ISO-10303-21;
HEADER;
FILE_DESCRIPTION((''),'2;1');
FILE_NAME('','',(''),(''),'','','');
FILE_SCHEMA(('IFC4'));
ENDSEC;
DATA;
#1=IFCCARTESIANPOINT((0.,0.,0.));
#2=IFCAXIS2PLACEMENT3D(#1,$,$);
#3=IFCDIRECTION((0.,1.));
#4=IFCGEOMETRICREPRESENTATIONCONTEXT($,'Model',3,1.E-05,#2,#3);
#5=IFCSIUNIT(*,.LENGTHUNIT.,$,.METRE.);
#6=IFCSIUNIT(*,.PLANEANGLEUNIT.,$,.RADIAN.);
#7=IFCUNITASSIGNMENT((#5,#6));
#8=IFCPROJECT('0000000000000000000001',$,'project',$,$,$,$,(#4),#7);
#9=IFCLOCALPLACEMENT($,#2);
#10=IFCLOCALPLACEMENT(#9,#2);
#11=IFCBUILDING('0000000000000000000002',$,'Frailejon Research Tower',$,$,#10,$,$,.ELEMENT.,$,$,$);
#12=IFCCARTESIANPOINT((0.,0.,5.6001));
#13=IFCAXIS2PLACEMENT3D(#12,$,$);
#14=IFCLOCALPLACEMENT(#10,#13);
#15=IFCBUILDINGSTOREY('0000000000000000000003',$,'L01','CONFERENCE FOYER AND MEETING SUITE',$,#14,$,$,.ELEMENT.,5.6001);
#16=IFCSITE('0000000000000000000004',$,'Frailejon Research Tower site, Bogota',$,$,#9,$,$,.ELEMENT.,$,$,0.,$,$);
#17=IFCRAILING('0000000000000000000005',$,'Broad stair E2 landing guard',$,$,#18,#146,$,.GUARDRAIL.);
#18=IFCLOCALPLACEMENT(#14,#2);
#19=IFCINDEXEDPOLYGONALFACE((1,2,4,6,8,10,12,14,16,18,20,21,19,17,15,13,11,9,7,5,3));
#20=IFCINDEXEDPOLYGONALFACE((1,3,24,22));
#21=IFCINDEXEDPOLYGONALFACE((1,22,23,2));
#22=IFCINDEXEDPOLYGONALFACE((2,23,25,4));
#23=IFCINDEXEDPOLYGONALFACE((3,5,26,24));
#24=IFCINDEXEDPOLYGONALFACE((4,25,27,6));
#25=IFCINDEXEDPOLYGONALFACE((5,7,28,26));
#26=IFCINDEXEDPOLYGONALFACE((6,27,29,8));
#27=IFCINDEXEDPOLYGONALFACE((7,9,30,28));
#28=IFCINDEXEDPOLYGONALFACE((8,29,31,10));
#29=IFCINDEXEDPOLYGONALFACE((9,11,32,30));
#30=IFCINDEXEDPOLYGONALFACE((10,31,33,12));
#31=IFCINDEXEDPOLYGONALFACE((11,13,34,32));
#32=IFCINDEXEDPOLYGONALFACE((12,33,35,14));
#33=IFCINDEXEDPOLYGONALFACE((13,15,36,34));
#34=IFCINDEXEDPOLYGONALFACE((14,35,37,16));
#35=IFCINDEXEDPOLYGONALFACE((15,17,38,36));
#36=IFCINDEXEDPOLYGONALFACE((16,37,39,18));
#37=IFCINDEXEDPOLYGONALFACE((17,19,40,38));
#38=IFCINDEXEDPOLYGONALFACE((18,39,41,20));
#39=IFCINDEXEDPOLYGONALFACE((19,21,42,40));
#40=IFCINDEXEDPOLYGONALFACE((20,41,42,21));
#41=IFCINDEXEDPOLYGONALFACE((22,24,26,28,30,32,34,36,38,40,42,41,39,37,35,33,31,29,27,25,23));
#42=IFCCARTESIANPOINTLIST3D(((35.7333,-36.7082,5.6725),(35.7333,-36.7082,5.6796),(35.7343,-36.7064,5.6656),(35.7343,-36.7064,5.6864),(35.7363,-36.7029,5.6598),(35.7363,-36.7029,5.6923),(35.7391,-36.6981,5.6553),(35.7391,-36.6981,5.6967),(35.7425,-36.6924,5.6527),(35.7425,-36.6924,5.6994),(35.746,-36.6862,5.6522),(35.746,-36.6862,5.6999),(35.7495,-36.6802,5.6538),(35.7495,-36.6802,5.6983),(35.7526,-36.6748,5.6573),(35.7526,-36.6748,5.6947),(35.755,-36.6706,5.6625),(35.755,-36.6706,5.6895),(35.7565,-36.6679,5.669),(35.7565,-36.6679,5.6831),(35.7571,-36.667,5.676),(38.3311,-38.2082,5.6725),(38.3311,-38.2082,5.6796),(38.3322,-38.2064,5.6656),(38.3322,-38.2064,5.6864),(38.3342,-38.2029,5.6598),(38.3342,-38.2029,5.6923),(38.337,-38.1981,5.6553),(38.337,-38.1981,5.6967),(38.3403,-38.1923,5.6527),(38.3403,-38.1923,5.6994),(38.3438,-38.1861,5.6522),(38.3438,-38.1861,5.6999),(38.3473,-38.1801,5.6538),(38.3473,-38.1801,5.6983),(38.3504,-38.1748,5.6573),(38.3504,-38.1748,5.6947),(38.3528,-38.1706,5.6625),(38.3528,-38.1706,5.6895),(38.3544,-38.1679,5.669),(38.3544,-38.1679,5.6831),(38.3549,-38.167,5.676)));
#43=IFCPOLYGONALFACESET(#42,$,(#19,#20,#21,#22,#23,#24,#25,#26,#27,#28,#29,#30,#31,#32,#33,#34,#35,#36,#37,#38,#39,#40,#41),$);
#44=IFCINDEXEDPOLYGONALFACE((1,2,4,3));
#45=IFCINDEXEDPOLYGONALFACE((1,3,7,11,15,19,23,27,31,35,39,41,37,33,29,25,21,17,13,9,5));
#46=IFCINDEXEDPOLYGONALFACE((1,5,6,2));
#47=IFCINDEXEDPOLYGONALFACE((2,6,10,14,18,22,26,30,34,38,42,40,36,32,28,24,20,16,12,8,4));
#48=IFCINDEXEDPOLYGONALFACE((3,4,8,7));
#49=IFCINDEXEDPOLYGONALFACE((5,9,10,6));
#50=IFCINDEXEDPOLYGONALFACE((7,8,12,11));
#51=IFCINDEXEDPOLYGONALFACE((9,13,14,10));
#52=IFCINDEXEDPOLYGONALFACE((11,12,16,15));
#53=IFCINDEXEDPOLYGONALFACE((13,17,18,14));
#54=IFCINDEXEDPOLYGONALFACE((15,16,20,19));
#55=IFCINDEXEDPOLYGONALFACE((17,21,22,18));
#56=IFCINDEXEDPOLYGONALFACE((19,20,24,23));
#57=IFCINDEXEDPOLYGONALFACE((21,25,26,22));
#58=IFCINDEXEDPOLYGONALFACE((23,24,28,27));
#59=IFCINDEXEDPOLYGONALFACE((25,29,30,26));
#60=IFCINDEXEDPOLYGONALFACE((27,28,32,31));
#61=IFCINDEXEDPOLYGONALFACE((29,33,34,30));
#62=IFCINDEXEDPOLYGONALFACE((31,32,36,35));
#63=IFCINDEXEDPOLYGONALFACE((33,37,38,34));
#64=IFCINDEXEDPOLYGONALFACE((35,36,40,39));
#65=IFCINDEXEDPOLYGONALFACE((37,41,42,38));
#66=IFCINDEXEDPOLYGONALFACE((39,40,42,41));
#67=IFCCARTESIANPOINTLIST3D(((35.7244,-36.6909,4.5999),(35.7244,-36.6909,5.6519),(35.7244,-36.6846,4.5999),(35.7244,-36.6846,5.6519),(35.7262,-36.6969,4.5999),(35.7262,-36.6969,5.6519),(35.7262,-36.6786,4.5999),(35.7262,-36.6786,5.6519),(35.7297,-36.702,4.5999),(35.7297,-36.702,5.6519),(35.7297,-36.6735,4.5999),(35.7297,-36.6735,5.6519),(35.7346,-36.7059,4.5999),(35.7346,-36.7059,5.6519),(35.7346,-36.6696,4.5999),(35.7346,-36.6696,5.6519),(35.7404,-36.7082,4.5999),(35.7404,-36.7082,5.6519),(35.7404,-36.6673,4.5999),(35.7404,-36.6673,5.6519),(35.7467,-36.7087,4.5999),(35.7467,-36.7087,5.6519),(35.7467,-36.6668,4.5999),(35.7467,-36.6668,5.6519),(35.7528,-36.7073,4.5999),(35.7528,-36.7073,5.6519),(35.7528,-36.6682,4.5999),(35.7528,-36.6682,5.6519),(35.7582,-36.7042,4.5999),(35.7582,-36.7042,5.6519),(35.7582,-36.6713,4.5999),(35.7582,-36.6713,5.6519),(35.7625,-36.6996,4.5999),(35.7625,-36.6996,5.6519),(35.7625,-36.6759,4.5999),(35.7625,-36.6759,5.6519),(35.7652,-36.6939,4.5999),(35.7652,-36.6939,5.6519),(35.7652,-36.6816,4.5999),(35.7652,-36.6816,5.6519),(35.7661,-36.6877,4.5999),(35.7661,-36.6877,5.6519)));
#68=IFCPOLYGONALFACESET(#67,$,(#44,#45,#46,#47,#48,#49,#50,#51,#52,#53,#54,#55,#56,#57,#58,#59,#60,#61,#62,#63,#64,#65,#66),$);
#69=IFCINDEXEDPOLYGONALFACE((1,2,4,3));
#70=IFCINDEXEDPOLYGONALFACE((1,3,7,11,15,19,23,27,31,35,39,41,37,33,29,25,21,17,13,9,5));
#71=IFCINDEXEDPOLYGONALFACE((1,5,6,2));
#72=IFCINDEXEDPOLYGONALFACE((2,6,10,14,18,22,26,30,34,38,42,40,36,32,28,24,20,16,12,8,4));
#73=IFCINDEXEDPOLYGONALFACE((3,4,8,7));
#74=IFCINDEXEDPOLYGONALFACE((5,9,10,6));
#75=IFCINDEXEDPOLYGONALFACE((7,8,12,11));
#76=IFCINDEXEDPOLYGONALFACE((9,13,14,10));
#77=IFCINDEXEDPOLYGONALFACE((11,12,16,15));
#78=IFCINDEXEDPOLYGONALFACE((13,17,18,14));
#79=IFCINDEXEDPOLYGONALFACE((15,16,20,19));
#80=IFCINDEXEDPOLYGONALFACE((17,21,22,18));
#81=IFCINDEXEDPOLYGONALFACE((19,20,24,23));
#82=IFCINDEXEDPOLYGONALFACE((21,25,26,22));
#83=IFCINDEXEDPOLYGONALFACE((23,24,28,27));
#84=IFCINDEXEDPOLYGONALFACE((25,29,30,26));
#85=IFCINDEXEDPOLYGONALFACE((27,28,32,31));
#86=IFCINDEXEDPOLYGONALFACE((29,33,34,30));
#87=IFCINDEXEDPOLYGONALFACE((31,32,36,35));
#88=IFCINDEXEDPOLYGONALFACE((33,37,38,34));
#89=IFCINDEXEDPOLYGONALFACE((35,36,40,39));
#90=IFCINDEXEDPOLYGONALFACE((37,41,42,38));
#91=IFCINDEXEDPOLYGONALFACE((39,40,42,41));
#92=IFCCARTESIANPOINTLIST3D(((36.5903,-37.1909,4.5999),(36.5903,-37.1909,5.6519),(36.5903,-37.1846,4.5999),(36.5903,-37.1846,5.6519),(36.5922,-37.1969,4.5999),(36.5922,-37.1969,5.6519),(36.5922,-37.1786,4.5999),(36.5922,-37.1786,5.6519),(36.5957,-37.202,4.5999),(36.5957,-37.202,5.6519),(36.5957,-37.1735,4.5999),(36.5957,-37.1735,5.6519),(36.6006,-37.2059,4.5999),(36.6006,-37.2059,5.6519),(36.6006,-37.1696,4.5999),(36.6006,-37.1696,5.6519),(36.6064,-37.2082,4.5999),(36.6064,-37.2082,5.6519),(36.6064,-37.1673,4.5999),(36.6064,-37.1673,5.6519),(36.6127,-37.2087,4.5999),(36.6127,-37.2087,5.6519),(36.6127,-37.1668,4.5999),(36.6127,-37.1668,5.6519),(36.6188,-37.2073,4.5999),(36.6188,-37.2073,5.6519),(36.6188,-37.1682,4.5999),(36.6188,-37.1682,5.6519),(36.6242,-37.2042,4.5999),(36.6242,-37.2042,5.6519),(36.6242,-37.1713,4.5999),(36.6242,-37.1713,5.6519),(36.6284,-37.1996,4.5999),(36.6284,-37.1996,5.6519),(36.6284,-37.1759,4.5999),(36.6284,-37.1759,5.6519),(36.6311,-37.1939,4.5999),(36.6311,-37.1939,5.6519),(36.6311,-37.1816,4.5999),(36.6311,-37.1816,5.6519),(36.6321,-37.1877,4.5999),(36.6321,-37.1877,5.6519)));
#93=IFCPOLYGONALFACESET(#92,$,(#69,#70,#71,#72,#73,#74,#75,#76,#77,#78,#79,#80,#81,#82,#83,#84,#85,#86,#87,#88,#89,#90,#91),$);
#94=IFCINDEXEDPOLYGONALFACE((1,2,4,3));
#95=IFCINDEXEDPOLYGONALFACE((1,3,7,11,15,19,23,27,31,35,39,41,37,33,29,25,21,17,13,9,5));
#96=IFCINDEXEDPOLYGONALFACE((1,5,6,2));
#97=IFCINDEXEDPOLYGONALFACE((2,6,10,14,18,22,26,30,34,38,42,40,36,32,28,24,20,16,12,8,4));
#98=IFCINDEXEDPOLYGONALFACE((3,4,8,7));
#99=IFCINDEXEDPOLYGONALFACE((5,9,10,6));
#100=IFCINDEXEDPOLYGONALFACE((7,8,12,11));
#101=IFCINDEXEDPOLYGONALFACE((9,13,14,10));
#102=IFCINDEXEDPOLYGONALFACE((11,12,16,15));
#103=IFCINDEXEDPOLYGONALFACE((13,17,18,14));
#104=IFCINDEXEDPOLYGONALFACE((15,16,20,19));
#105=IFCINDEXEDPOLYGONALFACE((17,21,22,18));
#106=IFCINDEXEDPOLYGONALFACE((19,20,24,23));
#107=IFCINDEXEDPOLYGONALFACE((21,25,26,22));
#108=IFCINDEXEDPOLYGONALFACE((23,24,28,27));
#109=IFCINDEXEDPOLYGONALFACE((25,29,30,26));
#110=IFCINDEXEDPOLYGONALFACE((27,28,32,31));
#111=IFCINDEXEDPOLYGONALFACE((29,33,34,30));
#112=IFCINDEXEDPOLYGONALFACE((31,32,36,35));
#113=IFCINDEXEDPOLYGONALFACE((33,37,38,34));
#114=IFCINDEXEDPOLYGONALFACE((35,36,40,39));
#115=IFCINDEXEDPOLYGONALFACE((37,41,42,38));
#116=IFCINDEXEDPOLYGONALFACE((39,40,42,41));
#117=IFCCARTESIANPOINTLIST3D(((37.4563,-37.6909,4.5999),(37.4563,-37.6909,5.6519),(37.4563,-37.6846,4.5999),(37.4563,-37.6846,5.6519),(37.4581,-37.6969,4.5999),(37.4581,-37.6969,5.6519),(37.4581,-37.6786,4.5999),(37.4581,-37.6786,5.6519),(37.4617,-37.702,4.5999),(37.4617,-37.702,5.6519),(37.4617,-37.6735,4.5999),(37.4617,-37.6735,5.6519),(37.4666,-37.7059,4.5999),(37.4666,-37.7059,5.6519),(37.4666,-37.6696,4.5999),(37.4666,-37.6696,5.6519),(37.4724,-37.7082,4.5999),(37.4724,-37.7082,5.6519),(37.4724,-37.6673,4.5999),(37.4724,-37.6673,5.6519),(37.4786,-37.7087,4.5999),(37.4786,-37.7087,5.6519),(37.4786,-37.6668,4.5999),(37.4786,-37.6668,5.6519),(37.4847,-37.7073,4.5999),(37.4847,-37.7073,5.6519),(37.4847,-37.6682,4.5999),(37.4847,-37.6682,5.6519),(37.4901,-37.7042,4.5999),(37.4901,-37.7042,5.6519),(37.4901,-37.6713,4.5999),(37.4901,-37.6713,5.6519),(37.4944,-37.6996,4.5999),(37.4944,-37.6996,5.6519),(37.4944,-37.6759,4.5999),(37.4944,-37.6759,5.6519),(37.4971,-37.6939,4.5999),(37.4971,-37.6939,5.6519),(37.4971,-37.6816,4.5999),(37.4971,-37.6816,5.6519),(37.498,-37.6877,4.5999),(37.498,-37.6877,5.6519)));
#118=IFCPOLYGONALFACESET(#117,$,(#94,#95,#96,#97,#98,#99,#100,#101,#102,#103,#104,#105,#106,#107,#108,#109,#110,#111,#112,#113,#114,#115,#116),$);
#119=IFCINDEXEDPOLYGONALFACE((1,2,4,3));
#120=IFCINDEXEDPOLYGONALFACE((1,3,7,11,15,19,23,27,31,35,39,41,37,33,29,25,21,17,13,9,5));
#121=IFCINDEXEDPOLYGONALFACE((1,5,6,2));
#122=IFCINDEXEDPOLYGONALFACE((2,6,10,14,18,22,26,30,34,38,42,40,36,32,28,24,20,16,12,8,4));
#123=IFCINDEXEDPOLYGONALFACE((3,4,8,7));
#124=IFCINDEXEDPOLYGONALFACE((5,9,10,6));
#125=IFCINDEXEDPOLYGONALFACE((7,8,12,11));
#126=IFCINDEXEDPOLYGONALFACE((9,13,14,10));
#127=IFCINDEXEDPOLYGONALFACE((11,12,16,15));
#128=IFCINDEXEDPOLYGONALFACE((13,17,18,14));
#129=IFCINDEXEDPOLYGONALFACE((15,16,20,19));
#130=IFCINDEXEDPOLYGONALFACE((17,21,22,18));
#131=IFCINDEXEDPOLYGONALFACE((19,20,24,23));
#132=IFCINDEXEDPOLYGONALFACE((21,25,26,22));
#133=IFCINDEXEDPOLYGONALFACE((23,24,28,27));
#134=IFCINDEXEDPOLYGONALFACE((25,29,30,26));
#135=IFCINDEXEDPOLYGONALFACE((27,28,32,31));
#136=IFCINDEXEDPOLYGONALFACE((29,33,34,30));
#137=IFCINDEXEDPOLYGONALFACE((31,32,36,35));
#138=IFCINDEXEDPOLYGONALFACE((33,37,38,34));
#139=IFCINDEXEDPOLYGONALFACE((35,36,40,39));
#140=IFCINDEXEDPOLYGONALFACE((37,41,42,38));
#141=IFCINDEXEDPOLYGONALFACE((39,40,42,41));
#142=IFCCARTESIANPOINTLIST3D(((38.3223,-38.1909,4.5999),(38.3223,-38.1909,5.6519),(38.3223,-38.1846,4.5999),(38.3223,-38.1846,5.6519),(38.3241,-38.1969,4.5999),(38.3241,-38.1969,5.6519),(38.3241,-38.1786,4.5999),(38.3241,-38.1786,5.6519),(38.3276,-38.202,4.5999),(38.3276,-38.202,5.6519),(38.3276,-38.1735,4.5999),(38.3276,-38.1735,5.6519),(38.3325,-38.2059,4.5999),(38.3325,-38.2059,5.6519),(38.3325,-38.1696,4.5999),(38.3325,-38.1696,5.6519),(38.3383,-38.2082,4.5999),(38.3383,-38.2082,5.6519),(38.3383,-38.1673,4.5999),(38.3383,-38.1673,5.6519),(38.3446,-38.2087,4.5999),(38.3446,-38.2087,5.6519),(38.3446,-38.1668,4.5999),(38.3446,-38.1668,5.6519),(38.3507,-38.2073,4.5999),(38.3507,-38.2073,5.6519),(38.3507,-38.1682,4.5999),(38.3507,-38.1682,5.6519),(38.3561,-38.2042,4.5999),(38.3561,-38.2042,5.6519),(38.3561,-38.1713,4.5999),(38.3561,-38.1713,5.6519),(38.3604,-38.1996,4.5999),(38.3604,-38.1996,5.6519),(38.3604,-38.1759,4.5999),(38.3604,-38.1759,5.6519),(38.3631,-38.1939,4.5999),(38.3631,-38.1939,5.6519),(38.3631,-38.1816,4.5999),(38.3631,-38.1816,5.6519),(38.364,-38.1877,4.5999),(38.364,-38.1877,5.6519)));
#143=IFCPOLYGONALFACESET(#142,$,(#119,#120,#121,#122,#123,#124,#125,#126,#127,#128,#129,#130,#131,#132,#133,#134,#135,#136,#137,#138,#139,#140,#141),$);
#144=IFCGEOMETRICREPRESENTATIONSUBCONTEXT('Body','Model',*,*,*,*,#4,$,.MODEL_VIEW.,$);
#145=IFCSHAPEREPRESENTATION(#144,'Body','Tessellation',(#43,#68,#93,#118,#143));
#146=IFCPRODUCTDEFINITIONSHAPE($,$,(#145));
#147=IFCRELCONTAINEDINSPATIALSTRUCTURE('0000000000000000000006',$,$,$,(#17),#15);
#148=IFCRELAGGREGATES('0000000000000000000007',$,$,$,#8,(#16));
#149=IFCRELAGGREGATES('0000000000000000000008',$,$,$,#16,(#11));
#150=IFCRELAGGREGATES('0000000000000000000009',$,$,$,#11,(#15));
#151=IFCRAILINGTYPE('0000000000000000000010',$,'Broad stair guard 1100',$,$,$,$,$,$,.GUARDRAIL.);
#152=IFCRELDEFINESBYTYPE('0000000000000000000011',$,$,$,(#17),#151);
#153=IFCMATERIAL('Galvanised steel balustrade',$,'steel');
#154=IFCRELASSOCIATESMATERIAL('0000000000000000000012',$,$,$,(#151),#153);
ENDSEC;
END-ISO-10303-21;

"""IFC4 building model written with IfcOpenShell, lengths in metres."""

from ifc_helpers import new_model, si_unit, direction, frame, origin, origin_2d, place, context, subcontext, project, spatial, circle, extrude, material, type_object, element, save


model = new_model("IFC4")

# Units and contexts
model_context = context("Model", 3, precision=1e-05, world=origin(), true_north=direction((0.0, 1.0)))
body_context = subcontext(model_context, "Body", "Model", "MODEL_VIEW")
ifc_project = project(units=[si_unit("LENGTHUNIT", "METRE"), si_unit("PLANEANGLEUNIT", "RADIAN")], contexts=[model_context])

# Site, building, storey
site_placement = place(None, origin())
site = spatial("IfcSite", under=ifc_project, at=site_placement, Name="Frailejon Research Tower site, Bogota", CompositionType="ELEMENT", RefElevation=0.0)
building_placement = place(site_placement, origin())
building = spatial("IfcBuilding", under=site, at=building_placement, Name="Frailejon Research Tower", CompositionType="ELEMENT")
storey_placement = place(building_placement, frame((0.0, 0.0, 5.6001)))
storey = spatial("IfcBuildingStorey", under=building, at=storey_placement, Name="L01", Description="CONFERENCE FOYER AND MEETING SUITE", CompositionType="ELEMENT", Elevation=5.6001)

# Railing
ifc_material_1 = material(Name="Galvanised steel balustrade", Category="steel")
railing_type = type_object("IfcRailingType", Name="Broad stair guard 1100", PredefinedType="GUARDRAIL", material=ifc_material_1)
railing_placement = place(storey_placement, frame((35.7451, -36.6877, 4.5999)))
element("IfcRailing", 1, at=railing_placement, inside=storey, type_object=railing_type, Name="Broad stair E2 landing guard", PredefinedType="GUARDRAIL", context=body_context, shape_type="SweptSolid", body=[
    extrude(circle(Radius=0.0239, at=origin_2d()), frame((0.0, 0.0, 1.0762), z_axis=(0.866011, -0.500025, 0.0), x_axis=(0.500025, 0.866011, 0.0)), (0.0, 0.0, 1.0), 2.9998),
    extrude(circle(Radius=0.021, at=origin_2d()), origin(), (0.0, 0.0, 1.0), 1.052),
    extrude(circle(Radius=0.021, at=origin_2d()), frame((0.866, -0.5, 0.0)), (0.0, 0.0, 1.0), 1.052),
    extrude(circle(Radius=0.021, at=origin_2d()), frame((1.7319, -1.0, 0.0)), (0.0, 0.0, 1.0), 1.052),
    extrude(circle(Radius=0.021, at=origin_2d()), frame((2.5979, -1.5, 0.0)), (0.0, 0.0, 1.0), 1.052),
])

save(model, "model.ifc")
